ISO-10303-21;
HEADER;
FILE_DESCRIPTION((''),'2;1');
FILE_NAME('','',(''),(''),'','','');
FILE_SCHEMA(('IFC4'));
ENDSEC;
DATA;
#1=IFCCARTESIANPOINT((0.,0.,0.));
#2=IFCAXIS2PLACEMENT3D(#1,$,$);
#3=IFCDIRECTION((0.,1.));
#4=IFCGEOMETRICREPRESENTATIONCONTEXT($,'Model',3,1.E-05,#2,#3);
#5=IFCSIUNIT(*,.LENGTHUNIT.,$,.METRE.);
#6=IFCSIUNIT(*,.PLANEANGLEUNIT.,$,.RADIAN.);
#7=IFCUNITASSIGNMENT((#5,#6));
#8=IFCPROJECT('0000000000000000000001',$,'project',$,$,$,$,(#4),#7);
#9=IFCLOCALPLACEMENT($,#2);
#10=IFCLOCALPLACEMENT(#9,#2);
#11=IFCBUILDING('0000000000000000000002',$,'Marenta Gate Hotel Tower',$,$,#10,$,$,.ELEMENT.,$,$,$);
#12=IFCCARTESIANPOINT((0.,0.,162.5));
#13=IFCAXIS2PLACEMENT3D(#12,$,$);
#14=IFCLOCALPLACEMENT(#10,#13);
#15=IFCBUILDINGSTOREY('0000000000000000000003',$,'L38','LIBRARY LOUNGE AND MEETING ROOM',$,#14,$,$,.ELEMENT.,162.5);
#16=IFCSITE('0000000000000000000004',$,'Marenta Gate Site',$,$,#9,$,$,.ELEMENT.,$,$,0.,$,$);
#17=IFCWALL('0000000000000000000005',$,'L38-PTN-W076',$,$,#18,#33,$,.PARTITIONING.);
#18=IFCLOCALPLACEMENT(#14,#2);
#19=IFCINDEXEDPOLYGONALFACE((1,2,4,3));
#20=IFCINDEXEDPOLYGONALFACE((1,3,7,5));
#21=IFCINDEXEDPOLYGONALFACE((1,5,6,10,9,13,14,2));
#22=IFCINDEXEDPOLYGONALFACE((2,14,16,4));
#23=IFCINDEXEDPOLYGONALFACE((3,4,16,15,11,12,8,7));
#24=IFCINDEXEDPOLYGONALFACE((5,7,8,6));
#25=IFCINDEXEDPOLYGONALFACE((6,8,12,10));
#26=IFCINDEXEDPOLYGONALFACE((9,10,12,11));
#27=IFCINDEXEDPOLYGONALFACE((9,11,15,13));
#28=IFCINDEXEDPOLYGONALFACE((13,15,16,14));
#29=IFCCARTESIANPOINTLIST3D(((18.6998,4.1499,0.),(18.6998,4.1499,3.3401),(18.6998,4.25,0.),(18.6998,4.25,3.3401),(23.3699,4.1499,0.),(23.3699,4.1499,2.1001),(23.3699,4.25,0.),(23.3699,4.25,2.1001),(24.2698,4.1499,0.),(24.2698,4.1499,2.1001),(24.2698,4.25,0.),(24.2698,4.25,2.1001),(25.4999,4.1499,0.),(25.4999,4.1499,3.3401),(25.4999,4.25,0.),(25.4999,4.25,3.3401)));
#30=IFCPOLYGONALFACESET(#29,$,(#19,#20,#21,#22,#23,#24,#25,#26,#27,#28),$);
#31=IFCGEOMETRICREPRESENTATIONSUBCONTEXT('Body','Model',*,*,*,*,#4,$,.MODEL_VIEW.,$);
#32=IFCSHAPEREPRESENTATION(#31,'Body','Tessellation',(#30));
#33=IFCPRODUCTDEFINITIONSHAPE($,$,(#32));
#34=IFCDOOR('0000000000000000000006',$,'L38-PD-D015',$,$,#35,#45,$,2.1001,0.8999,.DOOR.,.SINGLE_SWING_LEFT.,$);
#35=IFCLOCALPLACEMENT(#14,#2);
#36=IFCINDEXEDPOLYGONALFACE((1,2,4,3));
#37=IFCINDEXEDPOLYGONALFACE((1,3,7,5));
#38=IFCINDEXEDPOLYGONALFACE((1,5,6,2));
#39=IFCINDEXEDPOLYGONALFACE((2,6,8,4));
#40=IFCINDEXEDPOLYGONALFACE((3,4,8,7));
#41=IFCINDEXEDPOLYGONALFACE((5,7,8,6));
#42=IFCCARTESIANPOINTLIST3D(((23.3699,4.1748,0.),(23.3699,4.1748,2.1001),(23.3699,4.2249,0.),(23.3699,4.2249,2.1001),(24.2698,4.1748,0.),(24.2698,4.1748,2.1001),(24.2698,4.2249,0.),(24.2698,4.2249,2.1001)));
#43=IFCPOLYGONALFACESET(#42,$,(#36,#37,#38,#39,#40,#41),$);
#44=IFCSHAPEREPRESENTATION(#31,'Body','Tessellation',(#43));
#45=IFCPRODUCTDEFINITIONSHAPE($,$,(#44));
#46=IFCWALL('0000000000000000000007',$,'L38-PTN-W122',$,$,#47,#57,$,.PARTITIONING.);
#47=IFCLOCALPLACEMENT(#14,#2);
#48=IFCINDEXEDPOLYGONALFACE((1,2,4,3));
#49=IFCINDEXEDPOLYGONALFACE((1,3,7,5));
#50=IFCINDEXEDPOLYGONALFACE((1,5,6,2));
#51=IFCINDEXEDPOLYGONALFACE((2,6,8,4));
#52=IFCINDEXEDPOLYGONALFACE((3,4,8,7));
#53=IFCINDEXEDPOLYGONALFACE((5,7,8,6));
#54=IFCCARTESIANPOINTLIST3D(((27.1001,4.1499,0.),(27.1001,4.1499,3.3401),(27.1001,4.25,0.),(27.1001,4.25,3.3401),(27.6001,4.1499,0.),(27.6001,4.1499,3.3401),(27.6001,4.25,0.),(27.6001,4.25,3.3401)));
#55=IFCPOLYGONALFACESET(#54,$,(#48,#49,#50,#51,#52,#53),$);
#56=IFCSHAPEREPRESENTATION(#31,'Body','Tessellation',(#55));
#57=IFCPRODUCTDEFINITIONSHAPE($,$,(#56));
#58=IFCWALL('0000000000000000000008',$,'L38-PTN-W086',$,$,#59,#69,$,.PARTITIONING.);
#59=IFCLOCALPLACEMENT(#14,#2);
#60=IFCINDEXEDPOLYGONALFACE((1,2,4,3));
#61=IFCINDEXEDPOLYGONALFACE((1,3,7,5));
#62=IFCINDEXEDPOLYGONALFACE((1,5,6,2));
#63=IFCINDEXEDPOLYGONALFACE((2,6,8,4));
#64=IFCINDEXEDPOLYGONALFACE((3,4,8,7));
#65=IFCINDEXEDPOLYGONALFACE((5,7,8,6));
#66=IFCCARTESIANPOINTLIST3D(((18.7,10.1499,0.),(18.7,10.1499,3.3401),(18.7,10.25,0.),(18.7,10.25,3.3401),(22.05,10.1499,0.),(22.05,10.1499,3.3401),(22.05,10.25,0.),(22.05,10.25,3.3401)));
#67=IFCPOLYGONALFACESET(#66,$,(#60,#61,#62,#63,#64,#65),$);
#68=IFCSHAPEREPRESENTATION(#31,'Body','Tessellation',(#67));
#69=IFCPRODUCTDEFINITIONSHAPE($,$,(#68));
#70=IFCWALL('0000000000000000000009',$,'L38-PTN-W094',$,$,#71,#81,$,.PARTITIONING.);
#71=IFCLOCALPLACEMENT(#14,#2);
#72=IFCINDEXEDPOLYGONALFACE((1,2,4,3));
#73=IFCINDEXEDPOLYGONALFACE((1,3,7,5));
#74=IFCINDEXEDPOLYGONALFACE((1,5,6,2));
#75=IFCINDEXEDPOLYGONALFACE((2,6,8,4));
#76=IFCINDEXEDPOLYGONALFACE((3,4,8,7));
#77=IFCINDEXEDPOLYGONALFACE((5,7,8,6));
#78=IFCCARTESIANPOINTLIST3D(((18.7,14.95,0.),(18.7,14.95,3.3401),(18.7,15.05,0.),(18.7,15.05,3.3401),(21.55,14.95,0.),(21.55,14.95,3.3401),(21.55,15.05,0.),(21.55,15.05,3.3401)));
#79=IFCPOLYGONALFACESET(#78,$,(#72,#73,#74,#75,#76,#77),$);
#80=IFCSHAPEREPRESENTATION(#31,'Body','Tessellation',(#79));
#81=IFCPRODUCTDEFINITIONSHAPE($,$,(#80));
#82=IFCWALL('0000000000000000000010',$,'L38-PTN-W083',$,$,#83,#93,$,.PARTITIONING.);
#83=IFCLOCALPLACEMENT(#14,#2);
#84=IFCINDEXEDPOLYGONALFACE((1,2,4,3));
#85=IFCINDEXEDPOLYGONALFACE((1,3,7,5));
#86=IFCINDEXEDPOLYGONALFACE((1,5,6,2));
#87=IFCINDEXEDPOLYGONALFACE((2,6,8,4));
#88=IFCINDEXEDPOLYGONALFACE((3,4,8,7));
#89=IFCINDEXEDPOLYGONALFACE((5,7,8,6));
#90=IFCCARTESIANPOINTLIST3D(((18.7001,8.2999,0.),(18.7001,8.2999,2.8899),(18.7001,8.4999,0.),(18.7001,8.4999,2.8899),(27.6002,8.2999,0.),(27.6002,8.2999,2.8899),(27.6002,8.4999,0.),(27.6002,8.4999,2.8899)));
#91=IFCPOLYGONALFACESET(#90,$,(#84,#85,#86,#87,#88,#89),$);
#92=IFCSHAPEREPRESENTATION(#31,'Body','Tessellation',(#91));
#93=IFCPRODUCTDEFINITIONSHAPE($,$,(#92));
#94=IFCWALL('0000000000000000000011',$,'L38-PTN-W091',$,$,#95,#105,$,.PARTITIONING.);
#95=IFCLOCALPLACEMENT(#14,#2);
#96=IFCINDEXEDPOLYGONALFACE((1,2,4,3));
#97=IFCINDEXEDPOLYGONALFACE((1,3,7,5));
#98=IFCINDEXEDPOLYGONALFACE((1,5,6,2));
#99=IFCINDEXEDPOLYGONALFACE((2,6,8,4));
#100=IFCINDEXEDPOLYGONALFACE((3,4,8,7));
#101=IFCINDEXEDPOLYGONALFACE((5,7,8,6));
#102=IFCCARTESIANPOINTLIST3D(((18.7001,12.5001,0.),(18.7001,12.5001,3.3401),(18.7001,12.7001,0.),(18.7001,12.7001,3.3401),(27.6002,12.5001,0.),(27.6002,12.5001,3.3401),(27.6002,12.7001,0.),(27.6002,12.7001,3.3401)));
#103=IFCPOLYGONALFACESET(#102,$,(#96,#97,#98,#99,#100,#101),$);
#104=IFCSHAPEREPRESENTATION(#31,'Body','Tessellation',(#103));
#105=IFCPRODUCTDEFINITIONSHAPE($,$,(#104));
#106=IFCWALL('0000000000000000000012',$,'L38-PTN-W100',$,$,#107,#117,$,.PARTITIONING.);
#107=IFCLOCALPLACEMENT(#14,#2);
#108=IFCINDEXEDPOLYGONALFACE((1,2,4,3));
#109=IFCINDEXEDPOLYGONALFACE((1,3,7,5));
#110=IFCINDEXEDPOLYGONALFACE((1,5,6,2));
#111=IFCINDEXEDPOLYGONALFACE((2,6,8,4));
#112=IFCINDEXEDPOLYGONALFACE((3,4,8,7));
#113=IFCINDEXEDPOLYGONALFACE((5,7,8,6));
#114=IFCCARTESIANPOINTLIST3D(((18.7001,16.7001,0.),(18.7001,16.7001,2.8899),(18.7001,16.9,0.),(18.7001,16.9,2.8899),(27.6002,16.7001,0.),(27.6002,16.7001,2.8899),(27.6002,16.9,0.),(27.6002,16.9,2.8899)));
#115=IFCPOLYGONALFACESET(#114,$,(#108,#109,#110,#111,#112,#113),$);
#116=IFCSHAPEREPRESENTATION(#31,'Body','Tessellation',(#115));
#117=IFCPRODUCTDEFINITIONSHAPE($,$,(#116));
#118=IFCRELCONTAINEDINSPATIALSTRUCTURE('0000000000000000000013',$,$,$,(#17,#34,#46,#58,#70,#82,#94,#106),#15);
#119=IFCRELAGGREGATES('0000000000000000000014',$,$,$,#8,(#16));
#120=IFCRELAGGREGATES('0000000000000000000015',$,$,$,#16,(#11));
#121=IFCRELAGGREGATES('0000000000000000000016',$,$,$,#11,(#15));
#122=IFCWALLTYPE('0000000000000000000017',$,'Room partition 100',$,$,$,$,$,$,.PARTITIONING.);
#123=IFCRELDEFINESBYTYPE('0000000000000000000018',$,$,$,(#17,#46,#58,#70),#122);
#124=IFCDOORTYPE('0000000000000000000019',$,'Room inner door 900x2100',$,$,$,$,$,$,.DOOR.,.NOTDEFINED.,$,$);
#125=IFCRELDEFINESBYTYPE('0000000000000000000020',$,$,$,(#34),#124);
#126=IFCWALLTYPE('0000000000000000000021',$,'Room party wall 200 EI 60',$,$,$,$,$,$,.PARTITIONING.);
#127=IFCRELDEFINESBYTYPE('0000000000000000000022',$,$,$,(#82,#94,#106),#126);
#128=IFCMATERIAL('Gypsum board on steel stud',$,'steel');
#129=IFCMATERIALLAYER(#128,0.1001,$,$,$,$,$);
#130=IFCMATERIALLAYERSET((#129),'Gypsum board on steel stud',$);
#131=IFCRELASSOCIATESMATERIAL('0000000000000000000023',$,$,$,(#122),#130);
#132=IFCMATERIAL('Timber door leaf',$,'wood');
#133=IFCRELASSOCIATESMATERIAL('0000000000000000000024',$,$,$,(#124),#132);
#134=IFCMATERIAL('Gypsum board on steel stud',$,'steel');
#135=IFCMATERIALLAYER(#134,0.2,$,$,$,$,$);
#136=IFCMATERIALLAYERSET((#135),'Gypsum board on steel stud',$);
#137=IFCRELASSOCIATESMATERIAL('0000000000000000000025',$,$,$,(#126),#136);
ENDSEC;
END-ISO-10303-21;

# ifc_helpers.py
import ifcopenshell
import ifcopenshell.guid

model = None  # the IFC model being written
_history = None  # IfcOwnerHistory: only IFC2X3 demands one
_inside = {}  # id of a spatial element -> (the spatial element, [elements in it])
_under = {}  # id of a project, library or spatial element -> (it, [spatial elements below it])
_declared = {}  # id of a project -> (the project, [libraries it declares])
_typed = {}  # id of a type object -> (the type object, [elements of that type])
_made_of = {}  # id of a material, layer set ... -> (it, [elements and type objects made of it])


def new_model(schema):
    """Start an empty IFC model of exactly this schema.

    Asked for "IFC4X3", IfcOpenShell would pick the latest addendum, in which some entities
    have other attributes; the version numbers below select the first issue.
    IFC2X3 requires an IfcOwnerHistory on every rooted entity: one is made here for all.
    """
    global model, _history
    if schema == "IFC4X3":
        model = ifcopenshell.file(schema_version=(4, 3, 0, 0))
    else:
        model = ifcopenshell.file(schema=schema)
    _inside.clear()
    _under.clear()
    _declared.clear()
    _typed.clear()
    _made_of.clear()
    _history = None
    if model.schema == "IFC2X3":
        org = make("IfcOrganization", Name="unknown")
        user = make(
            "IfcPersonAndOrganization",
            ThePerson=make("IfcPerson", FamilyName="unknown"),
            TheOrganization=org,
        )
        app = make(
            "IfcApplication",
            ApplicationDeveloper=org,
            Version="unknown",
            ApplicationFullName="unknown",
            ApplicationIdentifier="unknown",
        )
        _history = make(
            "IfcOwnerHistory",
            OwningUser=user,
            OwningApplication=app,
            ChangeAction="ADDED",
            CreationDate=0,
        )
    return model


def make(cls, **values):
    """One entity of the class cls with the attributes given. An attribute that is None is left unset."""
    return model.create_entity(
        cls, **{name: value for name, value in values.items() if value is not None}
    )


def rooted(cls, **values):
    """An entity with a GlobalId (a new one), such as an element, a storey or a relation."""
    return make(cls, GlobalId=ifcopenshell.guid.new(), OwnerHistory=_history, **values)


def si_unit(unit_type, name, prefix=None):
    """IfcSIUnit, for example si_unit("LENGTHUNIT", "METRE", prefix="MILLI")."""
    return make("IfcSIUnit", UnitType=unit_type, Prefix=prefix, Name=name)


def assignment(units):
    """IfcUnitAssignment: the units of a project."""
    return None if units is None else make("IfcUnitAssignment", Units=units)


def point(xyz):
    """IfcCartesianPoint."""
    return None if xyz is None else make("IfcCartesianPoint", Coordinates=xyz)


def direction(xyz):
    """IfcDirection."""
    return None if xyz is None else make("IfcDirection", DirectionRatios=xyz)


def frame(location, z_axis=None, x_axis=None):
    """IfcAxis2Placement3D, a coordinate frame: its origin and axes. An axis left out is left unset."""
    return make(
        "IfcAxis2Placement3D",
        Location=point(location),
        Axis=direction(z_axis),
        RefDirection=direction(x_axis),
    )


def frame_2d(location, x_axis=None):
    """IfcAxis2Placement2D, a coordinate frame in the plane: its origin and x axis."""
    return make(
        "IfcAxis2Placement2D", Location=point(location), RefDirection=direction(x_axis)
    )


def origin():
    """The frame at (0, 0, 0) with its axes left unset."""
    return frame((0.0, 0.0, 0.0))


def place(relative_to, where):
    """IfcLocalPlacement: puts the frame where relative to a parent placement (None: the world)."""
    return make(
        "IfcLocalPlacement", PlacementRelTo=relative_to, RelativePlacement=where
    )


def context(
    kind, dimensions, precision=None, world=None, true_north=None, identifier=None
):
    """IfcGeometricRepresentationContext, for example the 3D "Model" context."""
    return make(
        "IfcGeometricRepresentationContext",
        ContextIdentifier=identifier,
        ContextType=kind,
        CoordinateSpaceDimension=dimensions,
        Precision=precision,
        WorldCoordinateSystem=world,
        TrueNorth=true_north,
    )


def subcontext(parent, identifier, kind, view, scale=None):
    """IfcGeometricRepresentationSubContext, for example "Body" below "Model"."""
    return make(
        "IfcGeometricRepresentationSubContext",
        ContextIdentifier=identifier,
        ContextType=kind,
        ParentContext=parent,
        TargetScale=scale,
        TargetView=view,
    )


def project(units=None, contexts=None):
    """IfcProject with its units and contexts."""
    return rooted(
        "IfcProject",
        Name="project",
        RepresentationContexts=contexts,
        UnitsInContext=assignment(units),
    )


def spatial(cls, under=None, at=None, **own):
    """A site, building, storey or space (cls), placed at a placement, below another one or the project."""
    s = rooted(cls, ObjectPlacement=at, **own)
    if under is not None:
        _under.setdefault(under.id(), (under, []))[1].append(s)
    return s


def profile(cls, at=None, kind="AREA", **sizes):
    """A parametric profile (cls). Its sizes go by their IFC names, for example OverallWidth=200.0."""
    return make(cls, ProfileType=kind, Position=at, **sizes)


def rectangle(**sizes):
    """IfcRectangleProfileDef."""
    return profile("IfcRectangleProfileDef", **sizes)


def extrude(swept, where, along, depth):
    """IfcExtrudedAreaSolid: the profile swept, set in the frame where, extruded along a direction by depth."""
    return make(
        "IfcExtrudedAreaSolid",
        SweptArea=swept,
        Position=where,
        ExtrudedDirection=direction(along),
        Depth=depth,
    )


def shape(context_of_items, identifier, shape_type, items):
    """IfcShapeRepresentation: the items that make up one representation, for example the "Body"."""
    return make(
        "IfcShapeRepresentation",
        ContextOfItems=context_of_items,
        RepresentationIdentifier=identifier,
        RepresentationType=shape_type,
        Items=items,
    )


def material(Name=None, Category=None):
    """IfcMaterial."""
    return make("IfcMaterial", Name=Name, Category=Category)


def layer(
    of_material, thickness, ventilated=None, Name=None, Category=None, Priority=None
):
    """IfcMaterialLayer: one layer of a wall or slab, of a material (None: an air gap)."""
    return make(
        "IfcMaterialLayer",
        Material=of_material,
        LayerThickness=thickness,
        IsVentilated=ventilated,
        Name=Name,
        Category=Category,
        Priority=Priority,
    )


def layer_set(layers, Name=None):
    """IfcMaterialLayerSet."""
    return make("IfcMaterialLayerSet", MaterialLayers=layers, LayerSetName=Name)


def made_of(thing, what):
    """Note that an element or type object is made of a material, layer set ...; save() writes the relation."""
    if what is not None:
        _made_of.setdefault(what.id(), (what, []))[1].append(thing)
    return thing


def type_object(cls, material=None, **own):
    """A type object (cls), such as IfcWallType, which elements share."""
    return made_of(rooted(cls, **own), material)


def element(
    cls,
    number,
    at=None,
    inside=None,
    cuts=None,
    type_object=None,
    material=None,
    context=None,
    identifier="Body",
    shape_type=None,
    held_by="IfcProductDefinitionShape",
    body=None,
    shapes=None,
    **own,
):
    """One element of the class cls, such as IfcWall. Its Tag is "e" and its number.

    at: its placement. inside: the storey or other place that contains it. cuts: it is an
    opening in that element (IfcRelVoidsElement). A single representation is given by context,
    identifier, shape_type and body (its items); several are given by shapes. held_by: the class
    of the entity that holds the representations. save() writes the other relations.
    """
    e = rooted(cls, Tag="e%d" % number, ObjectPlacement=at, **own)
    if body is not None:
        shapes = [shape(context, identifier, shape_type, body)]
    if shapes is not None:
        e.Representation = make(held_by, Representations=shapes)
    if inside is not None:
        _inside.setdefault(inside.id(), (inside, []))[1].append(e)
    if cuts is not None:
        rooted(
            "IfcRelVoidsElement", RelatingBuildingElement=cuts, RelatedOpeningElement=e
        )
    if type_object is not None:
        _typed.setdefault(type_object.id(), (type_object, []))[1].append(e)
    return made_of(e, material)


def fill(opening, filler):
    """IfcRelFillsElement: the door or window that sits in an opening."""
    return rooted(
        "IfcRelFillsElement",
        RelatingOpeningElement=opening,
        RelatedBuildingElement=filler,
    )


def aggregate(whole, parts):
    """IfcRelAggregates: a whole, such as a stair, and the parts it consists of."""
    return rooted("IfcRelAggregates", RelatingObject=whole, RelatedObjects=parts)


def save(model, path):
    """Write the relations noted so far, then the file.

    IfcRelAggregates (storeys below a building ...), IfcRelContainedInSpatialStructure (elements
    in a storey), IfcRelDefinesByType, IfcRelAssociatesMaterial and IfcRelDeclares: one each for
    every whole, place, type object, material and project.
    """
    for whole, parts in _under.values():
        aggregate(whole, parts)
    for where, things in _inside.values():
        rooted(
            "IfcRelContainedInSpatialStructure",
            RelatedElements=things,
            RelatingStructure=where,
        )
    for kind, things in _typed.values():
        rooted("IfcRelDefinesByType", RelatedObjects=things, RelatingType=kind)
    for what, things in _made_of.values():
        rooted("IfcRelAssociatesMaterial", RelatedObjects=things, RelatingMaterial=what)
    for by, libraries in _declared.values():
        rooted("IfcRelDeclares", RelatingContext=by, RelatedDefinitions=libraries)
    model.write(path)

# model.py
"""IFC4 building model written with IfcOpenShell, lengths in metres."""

from ifc_helpers import new_model, si_unit, direction, frame, frame_2d, origin, place, context, subcontext, project, spatial, rectangle, extrude, material, layer, layer_set, type_object, element, fill, save


model = new_model("IFC4")

# Units and contexts
model_context = context("Model", 3, precision=1e-05, world=origin(), true_north=direction((0.0, 1.0)))
body_context = subcontext(model_context, "Body", "Model", "MODEL_VIEW")
ifc_project = project(units=[si_unit("LENGTHUNIT", "METRE"), si_unit("PLANEANGLEUNIT", "RADIAN")], contexts=[model_context])

# Site, building, storey
site_placement = place(None, origin())
site = spatial("IfcSite", under=ifc_project, at=site_placement, Name="Marenta Gate Site", CompositionType="ELEMENT", RefElevation=0.0)
building_placement = place(site_placement, origin())
building = spatial("IfcBuilding", under=site, at=building_placement, Name="Marenta Gate Hotel Tower", CompositionType="ELEMENT")
storey_placement = place(building_placement, frame((0.0, 0.0, 162.5)))
storey = spatial("IfcBuildingStorey", under=building, at=storey_placement, Name="L38", Description="LIBRARY LOUNGE AND MEETING ROOM", CompositionType="ELEMENT", Elevation=162.5)

# Shared definitions
ifc_material_1 = material(Name="Gypsum board on steel stud", Category="steel")
ifc_layer_1 = layer(ifc_material_1, 0.1001)
ifc_layer_set_1 = layer_set([ifc_layer_1], Name="Gypsum board on steel stud")
wall_type_1 = type_object("IfcWallType", Name="Room partition 100", PredefinedType="PARTITIONING", material=ifc_layer_set_1)

# Wall, opening, door
wall_1_placement = place(storey_placement, frame((18.7, 4.2, 0.0), z_axis=(0.0, 0.0, 1.0), x_axis=(1.0, 0.0, 0.0)))
wall_1 = element("IfcWall", 1, at=wall_1_placement, inside=storey, type_object=wall_type_1, Name="L38-PTN-W076", PredefinedType="PARTITIONING", context=body_context, shape_type="SweptSolid", body=[
    extrude(rectangle(XDim=6.8, YDim=0.1001, at=frame_2d((3.3999, 0.0))), origin(), (0.0, 0.0, 1.0), 3.3401),
])
opening_1_placement = place(wall_1_placement, frame((4.6699, 0.0, 0.0)))
opening_1 = element("IfcOpeningElement", 2, at=opening_1_placement, cuts=wall_1, PredefinedType="OPENING", context=body_context, shape_type="SweptSolid", body=[
    extrude(rectangle(XDim=0.8999, YDim=2.1001, at=frame_2d((0.45, 1.05))), frame((0.0, 0.05, 0.0), z_axis=(0.0, -1.0, 0.0), x_axis=(1.0, 0.0, 0.0)), (0.0, 0.0, 1.0), 0.1001),
])
ifc_material_2 = material(Name="Timber door leaf", Category="wood")
door_type_1 = type_object("IfcDoorType", Name="Room inner door 900x2100", OperationType="NOTDEFINED", PredefinedType="DOOR", material=ifc_material_2)
door_1_placement = place(opening_1_placement, origin())
door_1 = element("IfcDoor", 3, at=door_1_placement, inside=storey, type_object=door_type_1, Name="L38-PD-D015", OperationType="SINGLE_SWING_LEFT", OverallHeight=2.1001, OverallWidth=0.8999, PredefinedType="DOOR", context=body_context, shape_type="SweptSolid", body=[
    extrude(rectangle(XDim=0.8999, YDim=2.1001, at=frame_2d((0.45, 1.05))), frame((0.0, 0.0249, 0.0), z_axis=(0.0, -1.0, 0.0), x_axis=(1.0, 0.0, 0.0)), (0.0, 0.0, 1.0), 0.05),
])
fill(opening_1, door_1)

# Walls
wall_2_placement = place(storey_placement, frame((27.1001, 4.2, 0.0), z_axis=(0.0, 0.0, 1.0), x_axis=(1.0, 0.0, 0.0)))
element("IfcWall", 4, at=wall_2_placement, inside=storey, type_object=wall_type_1, Name="L38-PTN-W122", PredefinedType="PARTITIONING", context=body_context, shape_type="SweptSolid", body=[
    extrude(rectangle(XDim=0.5, YDim=0.1001, at=frame_2d((0.25, 0.0))), origin(), (0.0, 0.0, 1.0), 3.3401),
])
wall_3_placement = place(storey_placement, frame((18.7, 10.2, 0.0), z_axis=(0.0, 0.0, 1.0), x_axis=(1.0, 0.0, 0.0)))
element("IfcWall", 5, at=wall_3_placement, inside=storey, type_object=wall_type_1, Name="L38-PTN-W086", PredefinedType="PARTITIONING", context=body_context, shape_type="SweptSolid", body=[
    extrude(rectangle(XDim=3.3501, YDim=0.1001, at=frame_2d((1.675, 0.0))), origin(), (0.0, 0.0, 1.0), 3.3401),
])
wall_4_placement = place(storey_placement, frame((18.7, 15.0, 0.0), z_axis=(0.0, 0.0, 1.0), x_axis=(1.0, 0.0, 0.0)))
element("IfcWall", 6, at=wall_4_placement, inside=storey, type_object=wall_type_1, Name="L38-PTN-W094", PredefinedType="PARTITIONING", context=body_context, shape_type="SweptSolid", body=[
    extrude(rectangle(XDim=2.8501, YDim=0.1001, at=frame_2d((1.425, 0.0))), origin(), (0.0, 0.0, 1.0), 3.3401),
])
ifc_material_3 = material(Name="Gypsum board on steel stud", Category="steel")
ifc_layer_2 = layer(ifc_material_3, 0.2)
ifc_layer_set_2 = layer_set([ifc_layer_2], Name="Gypsum board on steel stud")
wall_type_2 = type_object("IfcWallType", Name="Room party wall 200 EI 60", PredefinedType="PARTITIONING", material=ifc_layer_set_2)
wall_5_placement = place(storey_placement, frame((18.7, 8.3999, 0.0), z_axis=(0.0, 0.0, 1.0), x_axis=(1.0, 0.0, 0.0)))
element("IfcWall", 7, at=wall_5_placement, inside=storey, type_object=wall_type_2, Name="L38-PTN-W083", PredefinedType="PARTITIONING", context=body_context, shape_type="SweptSolid", body=[
    extrude(rectangle(XDim=8.9001, YDim=0.2, at=frame_2d((4.4502, 0.0))), origin(), (0.0, 0.0, 1.0), 2.8899),
])
wall_6_placement = place(storey_placement, frame((18.7, 12.6001, 0.0), z_axis=(0.0, 0.0, 1.0), x_axis=(1.0, 0.0, 0.0)))
element("IfcWall", 8, at=wall_6_placement, inside=storey, type_object=wall_type_2, Name="L38-PTN-W091", PredefinedType="PARTITIONING", context=body_context, shape_type="SweptSolid", body=[
    extrude(rectangle(XDim=8.9001, YDim=0.2, at=frame_2d((4.4502, 0.0))), origin(), (0.0, 0.0, 1.0), 3.3401),
])
wall_7_placement = place(storey_placement, frame((18.7, 16.8, 0.0), z_axis=(0.0, 0.0, 1.0), x_axis=(1.0, 0.0, 0.0)))
element("IfcWall", 9, at=wall_7_placement, inside=storey, type_object=wall_type_2, Name="L38-PTN-W100", PredefinedType="PARTITIONING", context=body_context, shape_type="SweptSolid", body=[
    extrude(rectangle(XDim=8.9001, YDim=0.2, at=frame_2d((4.4502, 0.0))), origin(), (0.0, 0.0, 1.0), 2.8899),
])

save(model, "model.ifc")
